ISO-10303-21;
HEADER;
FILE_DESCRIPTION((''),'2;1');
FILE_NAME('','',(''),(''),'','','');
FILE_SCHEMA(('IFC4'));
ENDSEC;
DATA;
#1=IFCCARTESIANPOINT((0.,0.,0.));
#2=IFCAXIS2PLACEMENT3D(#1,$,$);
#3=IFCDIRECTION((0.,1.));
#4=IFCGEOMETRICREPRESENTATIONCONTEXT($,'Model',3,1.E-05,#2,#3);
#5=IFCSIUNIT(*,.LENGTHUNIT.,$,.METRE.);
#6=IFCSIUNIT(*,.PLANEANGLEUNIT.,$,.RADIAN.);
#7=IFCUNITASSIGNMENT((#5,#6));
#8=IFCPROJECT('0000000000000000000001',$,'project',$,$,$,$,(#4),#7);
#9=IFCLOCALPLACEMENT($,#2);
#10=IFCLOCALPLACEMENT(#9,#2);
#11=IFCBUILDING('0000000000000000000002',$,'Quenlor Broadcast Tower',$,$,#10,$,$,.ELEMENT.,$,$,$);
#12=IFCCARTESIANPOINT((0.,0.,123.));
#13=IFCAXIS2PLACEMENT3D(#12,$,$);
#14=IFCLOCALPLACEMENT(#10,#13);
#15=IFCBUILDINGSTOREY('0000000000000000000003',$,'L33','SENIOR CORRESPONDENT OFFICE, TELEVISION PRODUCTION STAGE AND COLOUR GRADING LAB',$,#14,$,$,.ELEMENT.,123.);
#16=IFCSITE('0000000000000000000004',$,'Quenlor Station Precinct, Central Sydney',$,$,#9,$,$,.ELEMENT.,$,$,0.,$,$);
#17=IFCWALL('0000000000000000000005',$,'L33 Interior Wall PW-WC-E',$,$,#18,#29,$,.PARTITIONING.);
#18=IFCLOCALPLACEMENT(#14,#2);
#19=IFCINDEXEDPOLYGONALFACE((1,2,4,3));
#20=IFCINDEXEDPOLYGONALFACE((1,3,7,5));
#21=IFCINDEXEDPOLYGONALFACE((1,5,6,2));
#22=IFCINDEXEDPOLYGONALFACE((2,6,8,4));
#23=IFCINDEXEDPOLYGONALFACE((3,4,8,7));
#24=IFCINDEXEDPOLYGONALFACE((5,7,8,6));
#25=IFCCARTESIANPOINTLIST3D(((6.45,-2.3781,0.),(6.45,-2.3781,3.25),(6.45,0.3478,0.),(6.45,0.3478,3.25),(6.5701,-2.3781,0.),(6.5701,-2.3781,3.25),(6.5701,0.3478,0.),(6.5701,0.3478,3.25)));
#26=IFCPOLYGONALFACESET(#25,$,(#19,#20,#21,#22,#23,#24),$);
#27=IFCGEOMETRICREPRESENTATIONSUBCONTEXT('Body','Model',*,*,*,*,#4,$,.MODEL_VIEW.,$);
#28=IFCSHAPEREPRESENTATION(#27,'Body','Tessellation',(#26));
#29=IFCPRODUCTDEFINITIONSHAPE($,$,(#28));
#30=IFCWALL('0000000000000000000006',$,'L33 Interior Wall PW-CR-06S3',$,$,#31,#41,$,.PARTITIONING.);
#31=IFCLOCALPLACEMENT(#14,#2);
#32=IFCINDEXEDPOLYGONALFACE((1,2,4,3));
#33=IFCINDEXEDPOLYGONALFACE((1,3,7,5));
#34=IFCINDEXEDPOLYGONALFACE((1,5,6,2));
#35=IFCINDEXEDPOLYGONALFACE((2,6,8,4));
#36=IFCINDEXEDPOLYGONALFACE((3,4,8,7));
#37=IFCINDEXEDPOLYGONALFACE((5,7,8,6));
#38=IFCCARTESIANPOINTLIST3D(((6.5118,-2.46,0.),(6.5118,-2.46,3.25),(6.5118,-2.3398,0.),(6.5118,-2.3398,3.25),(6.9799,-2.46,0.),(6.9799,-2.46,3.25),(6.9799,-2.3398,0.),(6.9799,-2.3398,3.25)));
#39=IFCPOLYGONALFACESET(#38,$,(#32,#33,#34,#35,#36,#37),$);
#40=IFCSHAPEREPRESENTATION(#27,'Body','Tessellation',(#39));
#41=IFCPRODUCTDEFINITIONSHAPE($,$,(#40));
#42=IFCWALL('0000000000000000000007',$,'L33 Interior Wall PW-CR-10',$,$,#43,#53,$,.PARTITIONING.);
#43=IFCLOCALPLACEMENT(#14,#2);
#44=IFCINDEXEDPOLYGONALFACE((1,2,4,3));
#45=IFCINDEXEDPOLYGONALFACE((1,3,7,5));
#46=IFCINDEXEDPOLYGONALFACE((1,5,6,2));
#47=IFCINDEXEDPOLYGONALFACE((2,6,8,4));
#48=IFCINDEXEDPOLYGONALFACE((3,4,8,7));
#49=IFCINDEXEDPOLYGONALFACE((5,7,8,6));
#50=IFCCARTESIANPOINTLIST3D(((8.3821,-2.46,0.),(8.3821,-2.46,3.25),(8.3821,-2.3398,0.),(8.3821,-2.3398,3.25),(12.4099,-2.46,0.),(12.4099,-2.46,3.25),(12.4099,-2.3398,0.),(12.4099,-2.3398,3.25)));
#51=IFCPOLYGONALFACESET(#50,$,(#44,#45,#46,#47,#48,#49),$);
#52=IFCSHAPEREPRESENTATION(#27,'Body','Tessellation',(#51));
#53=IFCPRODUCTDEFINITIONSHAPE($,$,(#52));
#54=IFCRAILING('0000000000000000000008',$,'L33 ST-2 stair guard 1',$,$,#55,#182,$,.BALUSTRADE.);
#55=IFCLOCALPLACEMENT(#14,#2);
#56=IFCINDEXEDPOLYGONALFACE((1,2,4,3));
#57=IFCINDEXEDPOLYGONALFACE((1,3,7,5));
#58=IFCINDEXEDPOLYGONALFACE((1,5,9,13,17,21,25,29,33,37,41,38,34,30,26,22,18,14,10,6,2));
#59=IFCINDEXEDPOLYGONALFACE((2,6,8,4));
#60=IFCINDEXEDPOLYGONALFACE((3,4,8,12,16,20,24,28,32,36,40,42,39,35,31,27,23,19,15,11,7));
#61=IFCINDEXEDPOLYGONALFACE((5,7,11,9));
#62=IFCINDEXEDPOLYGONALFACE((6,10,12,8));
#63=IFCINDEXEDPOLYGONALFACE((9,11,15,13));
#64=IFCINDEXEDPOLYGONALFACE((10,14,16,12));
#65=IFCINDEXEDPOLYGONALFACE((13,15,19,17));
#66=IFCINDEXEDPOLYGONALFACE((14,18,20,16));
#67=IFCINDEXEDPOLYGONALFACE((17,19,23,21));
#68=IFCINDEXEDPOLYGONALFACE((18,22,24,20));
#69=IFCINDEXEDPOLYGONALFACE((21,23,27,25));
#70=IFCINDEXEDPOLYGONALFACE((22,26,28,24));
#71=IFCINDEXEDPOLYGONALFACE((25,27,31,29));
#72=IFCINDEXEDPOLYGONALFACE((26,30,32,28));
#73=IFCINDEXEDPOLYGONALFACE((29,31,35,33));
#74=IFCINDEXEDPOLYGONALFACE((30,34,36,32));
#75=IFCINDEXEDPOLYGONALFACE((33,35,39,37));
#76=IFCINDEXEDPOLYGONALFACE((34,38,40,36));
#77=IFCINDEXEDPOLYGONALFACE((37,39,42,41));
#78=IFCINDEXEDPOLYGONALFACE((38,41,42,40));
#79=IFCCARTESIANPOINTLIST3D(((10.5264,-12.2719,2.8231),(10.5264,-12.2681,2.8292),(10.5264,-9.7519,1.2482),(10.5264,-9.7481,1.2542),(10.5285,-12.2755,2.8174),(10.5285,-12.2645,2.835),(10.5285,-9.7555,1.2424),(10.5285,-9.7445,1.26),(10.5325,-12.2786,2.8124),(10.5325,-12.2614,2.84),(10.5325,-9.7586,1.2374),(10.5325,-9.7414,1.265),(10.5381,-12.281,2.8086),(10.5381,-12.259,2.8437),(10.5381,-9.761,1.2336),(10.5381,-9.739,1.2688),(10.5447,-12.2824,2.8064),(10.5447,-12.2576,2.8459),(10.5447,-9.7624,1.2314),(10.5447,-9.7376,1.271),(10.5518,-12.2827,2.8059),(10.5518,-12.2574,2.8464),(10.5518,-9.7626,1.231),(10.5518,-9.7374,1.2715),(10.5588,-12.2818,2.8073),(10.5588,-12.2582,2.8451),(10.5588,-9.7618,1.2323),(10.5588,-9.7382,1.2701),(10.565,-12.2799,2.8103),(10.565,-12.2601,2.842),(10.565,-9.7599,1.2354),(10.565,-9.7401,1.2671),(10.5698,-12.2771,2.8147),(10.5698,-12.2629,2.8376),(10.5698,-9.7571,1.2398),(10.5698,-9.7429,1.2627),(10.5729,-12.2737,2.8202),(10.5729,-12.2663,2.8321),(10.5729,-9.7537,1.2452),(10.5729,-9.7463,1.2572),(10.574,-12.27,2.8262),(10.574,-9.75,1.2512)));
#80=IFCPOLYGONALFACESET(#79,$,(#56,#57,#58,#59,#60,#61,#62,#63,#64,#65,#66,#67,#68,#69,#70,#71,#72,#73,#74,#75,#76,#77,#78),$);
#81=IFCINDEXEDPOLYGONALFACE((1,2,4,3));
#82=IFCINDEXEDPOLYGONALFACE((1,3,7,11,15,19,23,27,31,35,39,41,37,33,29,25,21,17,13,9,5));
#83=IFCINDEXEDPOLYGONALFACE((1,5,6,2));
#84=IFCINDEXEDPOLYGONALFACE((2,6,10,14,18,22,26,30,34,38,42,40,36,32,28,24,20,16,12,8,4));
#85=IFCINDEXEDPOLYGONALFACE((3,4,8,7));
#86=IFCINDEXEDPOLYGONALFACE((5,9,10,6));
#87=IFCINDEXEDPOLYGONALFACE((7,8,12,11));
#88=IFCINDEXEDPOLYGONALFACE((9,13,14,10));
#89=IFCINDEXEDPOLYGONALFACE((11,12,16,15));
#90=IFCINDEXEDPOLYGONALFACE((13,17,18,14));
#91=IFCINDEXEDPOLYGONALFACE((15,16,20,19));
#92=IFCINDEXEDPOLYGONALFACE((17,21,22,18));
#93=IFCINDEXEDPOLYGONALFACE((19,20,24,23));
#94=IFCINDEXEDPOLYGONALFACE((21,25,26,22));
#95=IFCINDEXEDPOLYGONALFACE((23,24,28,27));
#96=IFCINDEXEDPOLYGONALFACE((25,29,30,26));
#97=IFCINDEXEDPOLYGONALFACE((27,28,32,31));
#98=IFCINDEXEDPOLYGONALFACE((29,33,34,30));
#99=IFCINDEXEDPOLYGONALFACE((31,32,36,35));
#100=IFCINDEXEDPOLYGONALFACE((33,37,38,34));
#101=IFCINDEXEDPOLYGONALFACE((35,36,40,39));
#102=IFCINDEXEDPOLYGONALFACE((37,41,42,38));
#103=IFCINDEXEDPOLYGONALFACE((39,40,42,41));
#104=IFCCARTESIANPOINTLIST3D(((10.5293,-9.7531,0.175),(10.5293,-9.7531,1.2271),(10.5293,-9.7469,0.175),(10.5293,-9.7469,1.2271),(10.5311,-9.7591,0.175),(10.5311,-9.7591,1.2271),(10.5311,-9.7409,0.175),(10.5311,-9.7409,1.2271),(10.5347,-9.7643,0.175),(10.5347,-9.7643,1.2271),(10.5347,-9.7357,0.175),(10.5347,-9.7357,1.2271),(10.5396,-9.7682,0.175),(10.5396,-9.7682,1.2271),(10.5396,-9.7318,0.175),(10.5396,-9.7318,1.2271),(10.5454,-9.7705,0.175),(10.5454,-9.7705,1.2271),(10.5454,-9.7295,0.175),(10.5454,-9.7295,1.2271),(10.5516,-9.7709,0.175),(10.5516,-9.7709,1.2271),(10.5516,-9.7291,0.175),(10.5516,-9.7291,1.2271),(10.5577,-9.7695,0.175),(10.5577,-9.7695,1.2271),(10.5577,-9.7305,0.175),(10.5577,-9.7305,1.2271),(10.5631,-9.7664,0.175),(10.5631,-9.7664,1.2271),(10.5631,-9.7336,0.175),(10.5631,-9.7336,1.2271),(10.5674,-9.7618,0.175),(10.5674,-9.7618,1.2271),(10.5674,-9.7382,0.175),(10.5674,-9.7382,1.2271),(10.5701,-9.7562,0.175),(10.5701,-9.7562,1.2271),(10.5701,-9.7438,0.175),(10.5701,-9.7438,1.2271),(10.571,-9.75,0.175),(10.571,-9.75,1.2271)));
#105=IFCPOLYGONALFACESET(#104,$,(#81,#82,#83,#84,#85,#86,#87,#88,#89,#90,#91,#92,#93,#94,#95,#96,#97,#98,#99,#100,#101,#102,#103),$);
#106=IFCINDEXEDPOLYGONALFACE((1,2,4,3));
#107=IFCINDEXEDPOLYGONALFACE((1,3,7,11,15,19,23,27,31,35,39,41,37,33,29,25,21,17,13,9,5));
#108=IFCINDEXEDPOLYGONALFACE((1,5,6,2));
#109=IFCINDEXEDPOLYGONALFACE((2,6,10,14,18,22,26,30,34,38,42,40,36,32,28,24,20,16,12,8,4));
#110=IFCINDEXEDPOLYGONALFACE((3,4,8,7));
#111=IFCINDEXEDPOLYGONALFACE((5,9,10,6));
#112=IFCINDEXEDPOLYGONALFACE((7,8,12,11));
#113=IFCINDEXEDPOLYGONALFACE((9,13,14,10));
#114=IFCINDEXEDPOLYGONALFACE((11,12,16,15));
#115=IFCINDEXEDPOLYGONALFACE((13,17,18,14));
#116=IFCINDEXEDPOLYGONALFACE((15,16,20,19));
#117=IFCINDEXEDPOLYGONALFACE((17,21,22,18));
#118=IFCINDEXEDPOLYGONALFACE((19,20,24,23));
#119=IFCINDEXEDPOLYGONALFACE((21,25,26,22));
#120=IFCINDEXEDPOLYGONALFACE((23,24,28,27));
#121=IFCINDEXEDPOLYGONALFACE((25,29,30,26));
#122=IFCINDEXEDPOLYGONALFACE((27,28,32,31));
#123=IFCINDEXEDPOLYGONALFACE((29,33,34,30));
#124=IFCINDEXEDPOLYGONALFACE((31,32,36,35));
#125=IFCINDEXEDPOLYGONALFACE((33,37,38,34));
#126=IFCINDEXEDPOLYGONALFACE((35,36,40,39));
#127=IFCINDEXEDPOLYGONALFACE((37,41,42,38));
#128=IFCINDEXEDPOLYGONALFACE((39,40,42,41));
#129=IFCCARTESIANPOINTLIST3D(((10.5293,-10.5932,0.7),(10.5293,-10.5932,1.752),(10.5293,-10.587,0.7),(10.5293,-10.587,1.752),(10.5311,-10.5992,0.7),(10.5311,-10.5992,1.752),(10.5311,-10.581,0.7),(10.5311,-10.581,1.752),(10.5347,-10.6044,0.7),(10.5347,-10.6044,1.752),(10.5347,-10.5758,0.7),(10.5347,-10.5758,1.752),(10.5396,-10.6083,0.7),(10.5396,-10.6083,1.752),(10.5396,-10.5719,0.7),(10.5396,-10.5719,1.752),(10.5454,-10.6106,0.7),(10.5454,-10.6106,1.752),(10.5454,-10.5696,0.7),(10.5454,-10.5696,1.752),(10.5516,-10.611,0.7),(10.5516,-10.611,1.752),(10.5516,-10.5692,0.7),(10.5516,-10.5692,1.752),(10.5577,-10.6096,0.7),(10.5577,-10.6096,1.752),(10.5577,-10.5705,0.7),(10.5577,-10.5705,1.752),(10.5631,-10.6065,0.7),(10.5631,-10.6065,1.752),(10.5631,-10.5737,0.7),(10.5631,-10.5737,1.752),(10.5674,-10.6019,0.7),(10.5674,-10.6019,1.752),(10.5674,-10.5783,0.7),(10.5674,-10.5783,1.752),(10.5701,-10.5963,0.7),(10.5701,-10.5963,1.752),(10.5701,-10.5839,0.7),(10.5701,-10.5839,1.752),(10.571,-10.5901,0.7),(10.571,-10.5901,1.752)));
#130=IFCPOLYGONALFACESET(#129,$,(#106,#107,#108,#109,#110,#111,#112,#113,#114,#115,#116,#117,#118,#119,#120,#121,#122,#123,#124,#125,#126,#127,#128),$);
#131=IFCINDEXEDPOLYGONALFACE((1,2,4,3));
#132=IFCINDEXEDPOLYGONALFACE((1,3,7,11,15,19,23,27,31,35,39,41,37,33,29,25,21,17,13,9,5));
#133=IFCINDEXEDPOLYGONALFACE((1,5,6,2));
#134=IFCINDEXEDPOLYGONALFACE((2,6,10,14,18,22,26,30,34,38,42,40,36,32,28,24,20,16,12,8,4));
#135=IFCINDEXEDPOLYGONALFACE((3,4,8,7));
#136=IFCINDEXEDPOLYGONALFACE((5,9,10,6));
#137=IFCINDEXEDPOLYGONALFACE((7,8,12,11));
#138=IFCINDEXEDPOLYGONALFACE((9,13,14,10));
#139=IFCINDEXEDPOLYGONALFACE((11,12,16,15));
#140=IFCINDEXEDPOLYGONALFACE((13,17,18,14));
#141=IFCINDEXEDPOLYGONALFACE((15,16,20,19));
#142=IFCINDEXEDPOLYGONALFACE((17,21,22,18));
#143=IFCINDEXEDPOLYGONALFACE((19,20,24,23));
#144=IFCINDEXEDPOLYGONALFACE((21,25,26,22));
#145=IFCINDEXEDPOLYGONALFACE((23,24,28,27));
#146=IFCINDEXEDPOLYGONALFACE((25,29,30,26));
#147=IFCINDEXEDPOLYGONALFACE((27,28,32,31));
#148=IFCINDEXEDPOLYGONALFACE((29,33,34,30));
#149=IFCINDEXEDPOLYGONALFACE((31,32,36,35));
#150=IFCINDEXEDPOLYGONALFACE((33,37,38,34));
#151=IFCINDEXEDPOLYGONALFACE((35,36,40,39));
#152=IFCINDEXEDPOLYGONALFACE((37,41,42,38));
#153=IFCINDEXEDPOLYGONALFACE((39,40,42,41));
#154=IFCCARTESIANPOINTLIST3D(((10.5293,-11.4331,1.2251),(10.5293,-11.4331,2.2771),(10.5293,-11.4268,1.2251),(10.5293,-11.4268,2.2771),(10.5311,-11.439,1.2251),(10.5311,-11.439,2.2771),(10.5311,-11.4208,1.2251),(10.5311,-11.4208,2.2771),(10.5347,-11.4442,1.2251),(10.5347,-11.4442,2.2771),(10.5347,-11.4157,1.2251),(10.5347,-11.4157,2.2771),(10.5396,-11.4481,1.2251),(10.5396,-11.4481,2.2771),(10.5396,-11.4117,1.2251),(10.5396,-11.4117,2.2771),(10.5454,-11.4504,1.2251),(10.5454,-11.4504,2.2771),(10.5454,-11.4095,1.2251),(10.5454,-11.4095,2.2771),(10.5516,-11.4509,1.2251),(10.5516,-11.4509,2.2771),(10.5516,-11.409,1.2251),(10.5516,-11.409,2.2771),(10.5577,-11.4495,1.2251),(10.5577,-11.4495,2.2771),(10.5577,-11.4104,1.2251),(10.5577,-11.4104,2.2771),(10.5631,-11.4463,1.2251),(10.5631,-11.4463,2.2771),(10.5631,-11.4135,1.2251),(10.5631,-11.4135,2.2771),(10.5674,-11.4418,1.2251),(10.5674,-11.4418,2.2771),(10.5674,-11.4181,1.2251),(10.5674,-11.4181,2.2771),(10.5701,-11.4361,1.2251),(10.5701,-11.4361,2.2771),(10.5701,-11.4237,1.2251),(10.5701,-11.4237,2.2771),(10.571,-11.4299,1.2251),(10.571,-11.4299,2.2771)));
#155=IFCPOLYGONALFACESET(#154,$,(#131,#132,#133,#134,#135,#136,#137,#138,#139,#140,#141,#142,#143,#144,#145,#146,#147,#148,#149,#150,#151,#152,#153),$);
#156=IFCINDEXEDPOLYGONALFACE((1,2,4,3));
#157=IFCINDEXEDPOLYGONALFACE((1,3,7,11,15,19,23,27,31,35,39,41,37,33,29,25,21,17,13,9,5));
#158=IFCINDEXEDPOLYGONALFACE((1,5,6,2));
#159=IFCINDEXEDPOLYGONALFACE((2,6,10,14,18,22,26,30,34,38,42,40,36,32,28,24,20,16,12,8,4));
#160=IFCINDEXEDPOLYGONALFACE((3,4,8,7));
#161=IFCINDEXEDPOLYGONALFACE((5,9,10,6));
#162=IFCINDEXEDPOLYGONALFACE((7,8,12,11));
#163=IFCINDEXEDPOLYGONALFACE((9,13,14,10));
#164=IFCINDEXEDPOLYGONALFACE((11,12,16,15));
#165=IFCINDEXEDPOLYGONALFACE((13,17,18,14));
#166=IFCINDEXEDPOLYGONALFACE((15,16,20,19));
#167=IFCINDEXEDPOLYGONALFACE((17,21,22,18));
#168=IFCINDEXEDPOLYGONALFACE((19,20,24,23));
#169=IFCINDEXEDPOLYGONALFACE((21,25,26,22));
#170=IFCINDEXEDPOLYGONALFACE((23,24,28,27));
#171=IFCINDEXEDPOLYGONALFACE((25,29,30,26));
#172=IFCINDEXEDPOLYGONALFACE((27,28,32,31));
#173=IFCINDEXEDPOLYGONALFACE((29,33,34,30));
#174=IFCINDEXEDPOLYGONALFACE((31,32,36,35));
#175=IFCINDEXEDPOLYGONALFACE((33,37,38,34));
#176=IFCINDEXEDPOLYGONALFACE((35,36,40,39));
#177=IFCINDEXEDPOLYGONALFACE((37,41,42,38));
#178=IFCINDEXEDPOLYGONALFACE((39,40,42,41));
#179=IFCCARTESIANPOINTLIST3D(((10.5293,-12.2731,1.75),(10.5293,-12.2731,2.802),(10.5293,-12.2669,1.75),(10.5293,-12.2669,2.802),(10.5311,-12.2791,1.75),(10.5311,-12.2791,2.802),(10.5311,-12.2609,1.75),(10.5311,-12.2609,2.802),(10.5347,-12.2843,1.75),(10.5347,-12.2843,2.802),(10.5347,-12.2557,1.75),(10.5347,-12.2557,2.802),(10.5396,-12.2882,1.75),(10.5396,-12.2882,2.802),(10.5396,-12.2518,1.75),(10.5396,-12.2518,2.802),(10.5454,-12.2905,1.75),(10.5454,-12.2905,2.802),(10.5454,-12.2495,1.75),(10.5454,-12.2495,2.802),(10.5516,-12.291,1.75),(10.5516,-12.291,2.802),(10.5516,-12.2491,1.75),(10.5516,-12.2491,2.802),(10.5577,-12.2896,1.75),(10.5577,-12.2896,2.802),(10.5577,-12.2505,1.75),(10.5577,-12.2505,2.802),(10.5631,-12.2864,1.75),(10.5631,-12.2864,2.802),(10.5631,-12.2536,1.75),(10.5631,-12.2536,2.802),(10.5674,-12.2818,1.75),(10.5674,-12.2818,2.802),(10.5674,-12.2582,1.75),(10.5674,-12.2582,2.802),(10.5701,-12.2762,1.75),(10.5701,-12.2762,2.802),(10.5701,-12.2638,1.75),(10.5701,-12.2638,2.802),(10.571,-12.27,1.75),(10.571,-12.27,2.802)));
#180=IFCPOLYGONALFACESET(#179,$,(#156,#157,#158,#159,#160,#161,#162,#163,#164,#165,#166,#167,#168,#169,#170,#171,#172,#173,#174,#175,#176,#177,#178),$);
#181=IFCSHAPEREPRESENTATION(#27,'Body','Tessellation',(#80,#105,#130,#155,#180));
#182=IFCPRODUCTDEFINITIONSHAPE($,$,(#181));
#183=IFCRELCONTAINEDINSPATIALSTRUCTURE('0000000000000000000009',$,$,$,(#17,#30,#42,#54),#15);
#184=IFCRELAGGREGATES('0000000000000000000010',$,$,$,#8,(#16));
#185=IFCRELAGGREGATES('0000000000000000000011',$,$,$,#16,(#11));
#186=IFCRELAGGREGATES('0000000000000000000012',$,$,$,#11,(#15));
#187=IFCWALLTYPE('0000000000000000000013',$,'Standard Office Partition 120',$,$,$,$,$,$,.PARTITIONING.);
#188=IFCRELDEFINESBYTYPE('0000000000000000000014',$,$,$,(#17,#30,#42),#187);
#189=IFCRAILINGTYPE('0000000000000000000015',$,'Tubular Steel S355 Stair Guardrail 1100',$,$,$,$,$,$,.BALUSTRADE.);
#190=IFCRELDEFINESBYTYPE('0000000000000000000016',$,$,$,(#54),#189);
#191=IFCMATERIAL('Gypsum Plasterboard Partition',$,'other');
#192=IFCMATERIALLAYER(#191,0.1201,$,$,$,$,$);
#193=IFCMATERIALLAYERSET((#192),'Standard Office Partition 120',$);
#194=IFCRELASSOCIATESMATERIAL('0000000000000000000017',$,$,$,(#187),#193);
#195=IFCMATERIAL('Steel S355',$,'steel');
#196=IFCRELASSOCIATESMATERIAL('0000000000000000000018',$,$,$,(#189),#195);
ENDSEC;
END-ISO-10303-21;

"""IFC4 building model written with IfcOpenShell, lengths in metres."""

from ifc_helpers import new_model, si_unit, direction, frame, frame_2d, origin, origin_2d, place, context, subcontext, project, spatial, rectangle, circle, extrude, material, layer, layer_set, type_object, element, save


model = new_model("IFC4")

# Units and contexts
model_context = context("Model", 3, precision=1e-05, world=origin(), true_north=direction((0.0, 1.0)))
body_context = subcontext(model_context, "Body", "Model", "MODEL_VIEW")
ifc_project = project(units=[si_unit("LENGTHUNIT", "METRE"), si_unit("PLANEANGLEUNIT", "RADIAN")], contexts=[model_context])

# Site, building, storey
site_placement = place(None, origin())
site = spatial("IfcSite", under=ifc_project, at=site_placement, Name="Quenlor Station Precinct, Central Sydney", CompositionType="ELEMENT", RefElevation=0.0)
building_placement = place(site_placement, origin())
building = spatial("IfcBuilding", under=site, at=building_placement, Name="Quenlor Broadcast Tower", CompositionType="ELEMENT")
storey_placement = place(building_placement, frame((0.0, 0.0, 123.0)))
storey = spatial("IfcBuildingStorey", under=building, at=storey_placement, Name="L33", Description="SENIOR CORRESPONDENT OFFICE, TELEVISION PRODUCTION STAGE AND COLOUR GRADING LAB", CompositionType="ELEMENT", Elevation=123.0)

# Shared definitions
ifc_material_1 = material(Name="Gypsum Plasterboard Partition", Category="other")
ifc_layer_1 = layer(ifc_material_1, 0.1201)
ifc_layer_set_1 = layer_set([ifc_layer_1], Name="Standard Office Partition 120")
wall_type_1 = type_object("IfcWallType", Name="Standard Office Partition 120", PredefinedType="PARTITIONING", material=ifc_layer_set_1)

# Walls
wall_1_placement = place(storey_placement, frame((6.51, -2.3779, 0.0), z_axis=(0.0, 0.0, 1.0), x_axis=(0.0, 1.0, 0.0)))
element("IfcWall", 1, at=wall_1_placement, inside=storey, type_object=wall_type_1, Name="L33 Interior Wall PW-WC-E", PredefinedType="PARTITIONING", context=body_context, shape_type="SweptSolid", body=[
    extrude(rectangle(XDim=2.7258, YDim=0.1201, at=frame_2d((1.3628, 0.0))), origin(), (0.0, 0.0, 1.0), 3.25),
])
wall_2_placement = place(storey_placement, frame((6.512, -2.3999, 0.0), z_axis=(0.0, 0.0, 1.0), x_axis=(1.0, 0.0, 0.0)))
element("IfcWall", 2, at=wall_2_placement, inside=storey, type_object=wall_type_1, Name="L33 Interior Wall PW-CR-06S3", PredefinedType="PARTITIONING", context=body_context, shape_type="SweptSolid", body=[
    extrude(rectangle(XDim=0.468, YDim=0.1201, at=frame_2d((0.2339, 0.0))), origin(), (0.0, 0.0, 1.0), 3.25),
])
wall_3_placement = place(storey_placement, frame((8.3821, -2.3999, 0.0), z_axis=(0.0, 0.0, 1.0), x_axis=(1.0, 0.0, 0.0)))
element("IfcWall", 3, at=wall_3_placement, inside=storey, type_object=wall_type_1, Name="L33 Interior Wall PW-CR-10", PredefinedType="PARTITIONING", context=body_context, shape_type="SweptSolid", body=[
    extrude(rectangle(XDim=4.0278, YDim=0.1201, at=frame_2d((2.0139, 0.0))), origin(), (0.0, 0.0, 1.0), 3.25),
])

# Railing
ifc_material_2 = material(Name="Steel S355", Category="steel")
railing_type = type_object("IfcRailingType", Name="Tubular Steel S355 Stair Guardrail 1100", PredefinedType="BALUSTRADE", material=ifc_material_2)
railing_placement = place(storey_placement, frame((10.55, -9.75, 0.175)))
element("IfcRailing", 4, at=railing_placement, inside=storey, type_object=railing_type, Name="L33 ST-2 stair guard 1", PredefinedType="BALUSTRADE", context=body_context, shape_type="SweptSolid", body=[
    extrude(circle(Radius=0.0239, at=origin_2d()), frame((0.0, 0.0, 1.0762), z_axis=(0.0, -0.848008, 0.529984), x_axis=(1.0, 0.0, 0.0)), (0.0, 0.0, 1.0), 2.9717),
    extrude(circle(Radius=0.021, at=origin_2d()), origin(), (0.0, 0.0, 1.0), 1.052),
    extrude(circle(Radius=0.021, at=origin_2d()), frame((0.0, -0.8401, 0.5249)), (0.0, 0.0, 1.0), 1.052),
    extrude(circle(Radius=0.021, at=origin_2d()), frame((0.0, -1.6799, 1.05)), (0.0, 0.0, 1.0), 1.052),
    extrude(circle(Radius=0.021, at=origin_2d()), frame((0.0, -2.52, 1.575)), (0.0, 0.0, 1.0), 1.052),
])

save(model, "model.ifc")
